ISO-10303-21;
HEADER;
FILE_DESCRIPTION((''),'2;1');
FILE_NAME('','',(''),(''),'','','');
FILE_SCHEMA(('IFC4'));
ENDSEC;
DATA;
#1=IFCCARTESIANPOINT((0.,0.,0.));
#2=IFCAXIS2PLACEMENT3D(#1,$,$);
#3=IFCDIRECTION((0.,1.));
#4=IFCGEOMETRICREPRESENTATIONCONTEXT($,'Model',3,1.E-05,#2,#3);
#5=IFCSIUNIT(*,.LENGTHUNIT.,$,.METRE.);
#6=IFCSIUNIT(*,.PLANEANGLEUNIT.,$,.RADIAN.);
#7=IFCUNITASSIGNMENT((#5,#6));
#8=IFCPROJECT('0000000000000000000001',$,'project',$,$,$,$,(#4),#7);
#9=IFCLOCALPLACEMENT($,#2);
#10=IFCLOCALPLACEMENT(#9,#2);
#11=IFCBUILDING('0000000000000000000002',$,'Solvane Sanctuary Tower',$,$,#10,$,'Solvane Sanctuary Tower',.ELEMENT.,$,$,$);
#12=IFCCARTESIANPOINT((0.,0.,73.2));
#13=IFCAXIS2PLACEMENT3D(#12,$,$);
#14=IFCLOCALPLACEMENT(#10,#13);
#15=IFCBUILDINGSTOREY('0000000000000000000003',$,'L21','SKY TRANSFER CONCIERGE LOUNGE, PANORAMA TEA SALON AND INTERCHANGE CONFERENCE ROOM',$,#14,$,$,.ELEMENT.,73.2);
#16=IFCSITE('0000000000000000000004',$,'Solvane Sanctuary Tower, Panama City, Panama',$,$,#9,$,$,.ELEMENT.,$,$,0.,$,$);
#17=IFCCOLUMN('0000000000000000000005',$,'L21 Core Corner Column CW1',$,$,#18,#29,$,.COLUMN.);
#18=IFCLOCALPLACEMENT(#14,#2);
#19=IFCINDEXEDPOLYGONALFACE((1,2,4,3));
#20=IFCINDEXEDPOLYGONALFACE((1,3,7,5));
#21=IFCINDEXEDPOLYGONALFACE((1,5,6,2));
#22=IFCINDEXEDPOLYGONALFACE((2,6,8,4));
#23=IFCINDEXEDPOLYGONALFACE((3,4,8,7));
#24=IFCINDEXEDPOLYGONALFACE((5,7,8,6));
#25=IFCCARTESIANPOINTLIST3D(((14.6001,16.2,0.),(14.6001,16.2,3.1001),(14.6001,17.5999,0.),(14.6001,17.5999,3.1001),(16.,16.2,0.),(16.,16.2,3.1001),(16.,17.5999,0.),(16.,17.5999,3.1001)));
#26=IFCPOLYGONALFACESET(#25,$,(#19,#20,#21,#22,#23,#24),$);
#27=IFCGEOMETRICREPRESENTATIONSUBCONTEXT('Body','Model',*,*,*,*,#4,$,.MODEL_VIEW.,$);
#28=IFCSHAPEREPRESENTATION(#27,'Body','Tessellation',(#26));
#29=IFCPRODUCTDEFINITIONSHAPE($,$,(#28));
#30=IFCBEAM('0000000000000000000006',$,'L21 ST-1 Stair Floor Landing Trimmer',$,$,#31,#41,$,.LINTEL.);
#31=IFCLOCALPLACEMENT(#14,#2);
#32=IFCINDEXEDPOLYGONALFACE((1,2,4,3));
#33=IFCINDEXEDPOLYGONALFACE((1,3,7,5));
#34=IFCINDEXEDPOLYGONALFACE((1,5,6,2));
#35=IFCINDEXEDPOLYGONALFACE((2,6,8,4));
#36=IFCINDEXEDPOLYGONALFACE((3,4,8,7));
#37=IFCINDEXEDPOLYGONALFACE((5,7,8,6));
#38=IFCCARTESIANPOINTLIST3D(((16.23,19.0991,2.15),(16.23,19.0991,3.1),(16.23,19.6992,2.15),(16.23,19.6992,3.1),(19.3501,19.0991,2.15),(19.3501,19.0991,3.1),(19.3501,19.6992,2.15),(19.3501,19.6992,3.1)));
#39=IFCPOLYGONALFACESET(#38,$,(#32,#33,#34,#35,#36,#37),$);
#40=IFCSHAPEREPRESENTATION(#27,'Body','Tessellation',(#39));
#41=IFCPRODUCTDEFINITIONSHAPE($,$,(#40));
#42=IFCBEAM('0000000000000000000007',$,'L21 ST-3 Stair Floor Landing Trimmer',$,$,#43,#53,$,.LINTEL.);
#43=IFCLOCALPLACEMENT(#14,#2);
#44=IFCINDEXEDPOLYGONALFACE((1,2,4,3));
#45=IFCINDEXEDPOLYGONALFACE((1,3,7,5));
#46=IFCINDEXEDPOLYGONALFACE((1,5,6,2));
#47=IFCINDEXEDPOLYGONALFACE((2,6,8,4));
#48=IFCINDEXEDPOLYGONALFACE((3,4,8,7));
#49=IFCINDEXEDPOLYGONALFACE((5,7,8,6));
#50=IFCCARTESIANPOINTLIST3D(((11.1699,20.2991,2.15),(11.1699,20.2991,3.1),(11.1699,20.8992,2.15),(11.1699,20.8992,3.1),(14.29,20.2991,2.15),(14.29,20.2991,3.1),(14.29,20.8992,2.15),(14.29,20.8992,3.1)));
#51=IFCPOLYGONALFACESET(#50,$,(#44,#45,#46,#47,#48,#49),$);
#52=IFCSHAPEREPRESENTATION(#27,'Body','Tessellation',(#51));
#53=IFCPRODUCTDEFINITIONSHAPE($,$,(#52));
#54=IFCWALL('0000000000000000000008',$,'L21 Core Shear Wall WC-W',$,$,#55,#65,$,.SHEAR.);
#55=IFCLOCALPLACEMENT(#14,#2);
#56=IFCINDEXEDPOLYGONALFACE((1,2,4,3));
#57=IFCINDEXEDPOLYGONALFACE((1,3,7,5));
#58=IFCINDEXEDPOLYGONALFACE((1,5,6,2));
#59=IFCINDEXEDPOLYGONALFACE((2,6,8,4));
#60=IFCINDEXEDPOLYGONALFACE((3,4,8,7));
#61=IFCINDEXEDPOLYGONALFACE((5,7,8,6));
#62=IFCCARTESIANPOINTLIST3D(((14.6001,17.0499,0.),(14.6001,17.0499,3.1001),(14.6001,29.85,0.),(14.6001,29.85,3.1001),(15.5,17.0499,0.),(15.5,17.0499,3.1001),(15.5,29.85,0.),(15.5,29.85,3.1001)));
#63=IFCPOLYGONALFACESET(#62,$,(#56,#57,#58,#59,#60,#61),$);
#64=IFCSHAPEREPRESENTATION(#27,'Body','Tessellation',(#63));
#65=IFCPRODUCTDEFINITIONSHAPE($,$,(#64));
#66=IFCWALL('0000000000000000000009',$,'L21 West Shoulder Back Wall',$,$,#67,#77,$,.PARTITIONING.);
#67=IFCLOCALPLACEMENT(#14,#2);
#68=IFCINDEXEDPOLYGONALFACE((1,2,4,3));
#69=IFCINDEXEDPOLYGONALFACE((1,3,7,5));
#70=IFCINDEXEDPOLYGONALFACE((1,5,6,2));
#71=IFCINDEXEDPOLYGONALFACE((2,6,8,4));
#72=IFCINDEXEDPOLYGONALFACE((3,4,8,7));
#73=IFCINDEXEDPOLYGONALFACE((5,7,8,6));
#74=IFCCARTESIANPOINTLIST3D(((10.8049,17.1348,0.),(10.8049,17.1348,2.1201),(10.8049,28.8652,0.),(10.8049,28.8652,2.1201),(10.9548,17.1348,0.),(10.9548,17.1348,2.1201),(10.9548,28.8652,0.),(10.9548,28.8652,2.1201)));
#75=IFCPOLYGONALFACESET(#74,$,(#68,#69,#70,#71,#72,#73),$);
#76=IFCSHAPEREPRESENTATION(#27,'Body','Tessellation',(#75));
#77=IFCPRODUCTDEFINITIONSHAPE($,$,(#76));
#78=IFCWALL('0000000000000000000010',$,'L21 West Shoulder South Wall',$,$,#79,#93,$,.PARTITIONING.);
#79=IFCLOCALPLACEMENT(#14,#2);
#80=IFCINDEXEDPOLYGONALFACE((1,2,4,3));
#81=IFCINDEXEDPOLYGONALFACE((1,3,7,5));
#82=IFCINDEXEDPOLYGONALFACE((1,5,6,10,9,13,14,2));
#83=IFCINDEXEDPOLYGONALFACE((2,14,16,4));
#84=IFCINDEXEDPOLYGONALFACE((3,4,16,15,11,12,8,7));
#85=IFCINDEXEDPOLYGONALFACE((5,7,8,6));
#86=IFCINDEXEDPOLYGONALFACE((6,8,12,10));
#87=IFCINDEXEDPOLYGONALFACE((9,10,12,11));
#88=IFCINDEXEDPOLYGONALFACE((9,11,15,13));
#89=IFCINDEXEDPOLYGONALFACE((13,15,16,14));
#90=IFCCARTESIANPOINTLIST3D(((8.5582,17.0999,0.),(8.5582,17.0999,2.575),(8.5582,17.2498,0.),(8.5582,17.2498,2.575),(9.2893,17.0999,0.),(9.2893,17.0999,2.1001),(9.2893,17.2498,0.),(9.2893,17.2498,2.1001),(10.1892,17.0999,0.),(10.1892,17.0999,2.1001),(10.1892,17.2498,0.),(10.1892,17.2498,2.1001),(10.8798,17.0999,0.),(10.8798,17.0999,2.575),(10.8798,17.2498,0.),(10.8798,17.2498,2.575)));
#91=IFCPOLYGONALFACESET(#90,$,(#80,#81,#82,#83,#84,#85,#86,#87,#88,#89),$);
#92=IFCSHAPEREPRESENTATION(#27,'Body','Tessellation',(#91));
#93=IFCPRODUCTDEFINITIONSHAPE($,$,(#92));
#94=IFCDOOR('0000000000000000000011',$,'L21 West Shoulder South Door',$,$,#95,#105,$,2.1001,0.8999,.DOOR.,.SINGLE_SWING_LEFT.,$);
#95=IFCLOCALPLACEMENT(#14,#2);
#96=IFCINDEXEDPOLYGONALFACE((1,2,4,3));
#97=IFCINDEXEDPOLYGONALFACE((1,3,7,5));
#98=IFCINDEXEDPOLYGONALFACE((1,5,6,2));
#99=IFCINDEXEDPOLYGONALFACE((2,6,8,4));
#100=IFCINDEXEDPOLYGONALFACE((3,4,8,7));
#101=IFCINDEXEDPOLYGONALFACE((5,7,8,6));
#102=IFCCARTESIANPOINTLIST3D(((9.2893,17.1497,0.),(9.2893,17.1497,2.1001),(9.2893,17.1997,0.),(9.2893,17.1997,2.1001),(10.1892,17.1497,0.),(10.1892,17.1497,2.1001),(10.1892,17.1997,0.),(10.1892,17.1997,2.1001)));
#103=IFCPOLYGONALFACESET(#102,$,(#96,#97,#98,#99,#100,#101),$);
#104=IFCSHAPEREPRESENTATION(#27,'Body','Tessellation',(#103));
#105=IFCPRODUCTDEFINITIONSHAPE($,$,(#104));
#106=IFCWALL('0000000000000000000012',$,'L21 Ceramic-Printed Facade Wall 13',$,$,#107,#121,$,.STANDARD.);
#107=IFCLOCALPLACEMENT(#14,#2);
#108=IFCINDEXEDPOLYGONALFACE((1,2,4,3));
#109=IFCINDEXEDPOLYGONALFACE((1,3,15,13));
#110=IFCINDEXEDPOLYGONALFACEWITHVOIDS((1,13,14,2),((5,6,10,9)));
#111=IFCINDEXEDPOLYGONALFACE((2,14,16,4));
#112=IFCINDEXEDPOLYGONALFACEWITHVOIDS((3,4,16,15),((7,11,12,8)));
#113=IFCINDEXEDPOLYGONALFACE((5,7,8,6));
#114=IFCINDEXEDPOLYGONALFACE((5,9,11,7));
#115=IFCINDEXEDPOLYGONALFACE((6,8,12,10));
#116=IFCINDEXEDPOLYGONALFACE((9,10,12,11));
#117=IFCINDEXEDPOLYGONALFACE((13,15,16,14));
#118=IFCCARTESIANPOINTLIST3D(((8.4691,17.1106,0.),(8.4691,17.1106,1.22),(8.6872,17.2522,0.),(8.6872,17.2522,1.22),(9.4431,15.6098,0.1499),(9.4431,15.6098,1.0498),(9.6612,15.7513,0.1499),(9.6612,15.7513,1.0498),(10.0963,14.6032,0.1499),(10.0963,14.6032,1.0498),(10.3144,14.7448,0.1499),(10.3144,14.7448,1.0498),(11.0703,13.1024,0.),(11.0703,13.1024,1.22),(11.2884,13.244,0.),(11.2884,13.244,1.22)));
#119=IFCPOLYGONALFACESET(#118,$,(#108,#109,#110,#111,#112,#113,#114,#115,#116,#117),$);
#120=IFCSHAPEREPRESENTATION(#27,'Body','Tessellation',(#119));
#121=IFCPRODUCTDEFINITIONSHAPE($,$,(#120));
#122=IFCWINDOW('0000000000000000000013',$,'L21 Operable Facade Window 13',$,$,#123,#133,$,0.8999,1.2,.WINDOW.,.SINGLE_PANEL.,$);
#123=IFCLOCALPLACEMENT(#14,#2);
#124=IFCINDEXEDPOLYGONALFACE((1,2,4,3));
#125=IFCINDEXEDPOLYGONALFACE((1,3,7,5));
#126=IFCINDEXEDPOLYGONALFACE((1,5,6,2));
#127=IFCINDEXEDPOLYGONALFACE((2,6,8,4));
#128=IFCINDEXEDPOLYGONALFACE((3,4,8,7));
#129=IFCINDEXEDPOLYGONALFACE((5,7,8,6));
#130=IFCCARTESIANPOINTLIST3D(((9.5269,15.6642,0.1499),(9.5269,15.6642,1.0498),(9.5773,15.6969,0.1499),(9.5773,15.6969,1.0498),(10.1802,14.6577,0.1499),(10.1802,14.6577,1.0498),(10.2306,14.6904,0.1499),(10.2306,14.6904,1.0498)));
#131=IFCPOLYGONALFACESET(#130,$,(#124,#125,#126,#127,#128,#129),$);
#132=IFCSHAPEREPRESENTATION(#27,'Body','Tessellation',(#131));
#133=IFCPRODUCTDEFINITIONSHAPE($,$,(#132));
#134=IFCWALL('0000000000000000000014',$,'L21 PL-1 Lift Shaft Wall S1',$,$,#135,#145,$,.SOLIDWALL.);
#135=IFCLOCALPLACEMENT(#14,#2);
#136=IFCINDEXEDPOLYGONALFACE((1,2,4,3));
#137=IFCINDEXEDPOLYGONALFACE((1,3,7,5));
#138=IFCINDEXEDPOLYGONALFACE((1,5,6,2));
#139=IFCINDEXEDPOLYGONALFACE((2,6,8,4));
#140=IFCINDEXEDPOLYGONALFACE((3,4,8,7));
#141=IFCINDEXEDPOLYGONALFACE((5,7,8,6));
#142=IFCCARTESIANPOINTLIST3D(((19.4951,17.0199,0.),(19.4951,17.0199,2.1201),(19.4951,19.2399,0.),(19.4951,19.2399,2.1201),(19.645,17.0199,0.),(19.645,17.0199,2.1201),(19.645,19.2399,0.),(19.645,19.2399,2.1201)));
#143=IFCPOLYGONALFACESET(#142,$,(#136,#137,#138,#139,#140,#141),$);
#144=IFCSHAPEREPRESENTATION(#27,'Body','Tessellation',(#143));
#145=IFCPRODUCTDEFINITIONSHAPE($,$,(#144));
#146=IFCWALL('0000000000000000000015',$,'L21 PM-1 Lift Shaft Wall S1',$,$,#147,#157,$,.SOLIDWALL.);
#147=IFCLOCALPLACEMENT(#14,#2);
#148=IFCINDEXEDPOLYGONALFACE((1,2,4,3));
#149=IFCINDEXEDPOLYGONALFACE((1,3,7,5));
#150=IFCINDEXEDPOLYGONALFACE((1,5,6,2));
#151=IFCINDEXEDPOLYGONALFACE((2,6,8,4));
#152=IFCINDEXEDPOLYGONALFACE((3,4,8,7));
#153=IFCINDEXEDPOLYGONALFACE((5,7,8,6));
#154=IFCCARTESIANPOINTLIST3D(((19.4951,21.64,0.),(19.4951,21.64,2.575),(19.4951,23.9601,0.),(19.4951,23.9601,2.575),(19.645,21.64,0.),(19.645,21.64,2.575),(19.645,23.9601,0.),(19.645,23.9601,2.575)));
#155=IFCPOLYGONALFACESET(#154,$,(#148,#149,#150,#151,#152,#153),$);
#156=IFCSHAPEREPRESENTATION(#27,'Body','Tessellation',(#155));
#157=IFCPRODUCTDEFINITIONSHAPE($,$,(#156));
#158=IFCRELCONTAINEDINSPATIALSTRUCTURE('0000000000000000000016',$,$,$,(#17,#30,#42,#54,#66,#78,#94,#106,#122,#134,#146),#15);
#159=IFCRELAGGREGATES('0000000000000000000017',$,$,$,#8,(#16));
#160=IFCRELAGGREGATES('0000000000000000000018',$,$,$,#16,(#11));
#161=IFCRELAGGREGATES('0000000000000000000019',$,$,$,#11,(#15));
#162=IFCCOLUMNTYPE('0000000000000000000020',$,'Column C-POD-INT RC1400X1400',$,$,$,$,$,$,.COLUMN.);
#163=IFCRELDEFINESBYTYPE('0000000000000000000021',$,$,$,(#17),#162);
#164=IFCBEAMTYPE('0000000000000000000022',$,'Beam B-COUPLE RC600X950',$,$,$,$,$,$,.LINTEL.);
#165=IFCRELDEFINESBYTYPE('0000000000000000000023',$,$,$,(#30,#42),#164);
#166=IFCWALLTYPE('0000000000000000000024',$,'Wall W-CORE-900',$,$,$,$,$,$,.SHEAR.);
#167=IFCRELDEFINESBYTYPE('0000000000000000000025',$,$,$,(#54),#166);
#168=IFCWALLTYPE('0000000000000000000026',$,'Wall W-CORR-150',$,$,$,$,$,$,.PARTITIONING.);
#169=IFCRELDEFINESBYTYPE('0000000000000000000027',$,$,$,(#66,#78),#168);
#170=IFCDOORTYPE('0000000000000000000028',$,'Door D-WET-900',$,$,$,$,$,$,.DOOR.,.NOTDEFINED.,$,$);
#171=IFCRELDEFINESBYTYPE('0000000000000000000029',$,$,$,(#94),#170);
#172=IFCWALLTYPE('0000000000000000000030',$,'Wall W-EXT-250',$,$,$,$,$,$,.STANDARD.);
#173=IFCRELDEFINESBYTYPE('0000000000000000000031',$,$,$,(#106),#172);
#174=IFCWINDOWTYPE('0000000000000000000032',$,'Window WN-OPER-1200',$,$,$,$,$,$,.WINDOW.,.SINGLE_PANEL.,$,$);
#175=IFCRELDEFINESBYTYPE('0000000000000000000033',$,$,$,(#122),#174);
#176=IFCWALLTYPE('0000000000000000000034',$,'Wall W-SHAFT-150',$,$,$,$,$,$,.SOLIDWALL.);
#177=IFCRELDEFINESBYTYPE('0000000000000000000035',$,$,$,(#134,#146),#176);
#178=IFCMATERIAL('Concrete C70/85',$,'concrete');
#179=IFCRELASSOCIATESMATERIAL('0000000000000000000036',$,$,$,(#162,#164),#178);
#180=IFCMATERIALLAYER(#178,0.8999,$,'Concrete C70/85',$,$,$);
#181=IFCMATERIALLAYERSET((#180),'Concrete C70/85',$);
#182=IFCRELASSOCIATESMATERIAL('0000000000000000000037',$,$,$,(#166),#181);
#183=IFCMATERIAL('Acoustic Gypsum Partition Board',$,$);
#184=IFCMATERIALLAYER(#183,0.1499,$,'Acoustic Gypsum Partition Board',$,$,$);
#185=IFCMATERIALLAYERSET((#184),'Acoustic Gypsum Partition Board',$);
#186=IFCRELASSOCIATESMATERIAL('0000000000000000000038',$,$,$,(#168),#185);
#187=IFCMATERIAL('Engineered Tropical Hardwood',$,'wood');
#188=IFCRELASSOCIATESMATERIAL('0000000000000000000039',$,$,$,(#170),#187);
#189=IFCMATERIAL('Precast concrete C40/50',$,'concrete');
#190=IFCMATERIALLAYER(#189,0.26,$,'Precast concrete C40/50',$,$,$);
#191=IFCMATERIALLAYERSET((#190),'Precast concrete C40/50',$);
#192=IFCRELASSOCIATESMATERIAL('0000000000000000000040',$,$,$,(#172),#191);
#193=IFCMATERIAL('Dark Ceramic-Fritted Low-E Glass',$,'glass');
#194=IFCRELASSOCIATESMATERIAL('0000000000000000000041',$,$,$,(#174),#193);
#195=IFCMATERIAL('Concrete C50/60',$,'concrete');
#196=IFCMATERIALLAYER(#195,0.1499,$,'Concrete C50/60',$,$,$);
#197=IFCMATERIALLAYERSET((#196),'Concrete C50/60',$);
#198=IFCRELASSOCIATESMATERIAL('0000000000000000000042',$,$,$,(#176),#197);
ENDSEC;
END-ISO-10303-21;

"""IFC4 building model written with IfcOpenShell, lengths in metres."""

from ifc_helpers import new_model, si_unit, direction, frame, frame_2d, origin, origin_2d, place, context, subcontext, project, spatial, rectangle, extrude, material, layer, layer_set, material_profile, profile_set, type_object, element, fill, save


model = new_model("IFC4")

# Units and contexts
model_context = context("Model", 3, precision=1e-05, world=origin(), true_north=direction((0.0, 1.0)))
body_context = subcontext(model_context, "Body", "Model", "MODEL_VIEW")
ifc_project = project(units=[si_unit("LENGTHUNIT", "METRE"), si_unit("PLANEANGLEUNIT", "RADIAN")], contexts=[model_context])

# Site, building, storey
site_placement = place(None, origin())
site = spatial("IfcSite", under=ifc_project, at=site_placement, Name="Solvane Sanctuary Tower, Panama City, Panama", CompositionType="ELEMENT", RefElevation=0.0)
building_placement = place(site_placement, origin())
building = spatial("IfcBuilding", under=site, at=building_placement, Name="Solvane Sanctuary Tower", LongName="Solvane Sanctuary Tower", CompositionType="ELEMENT")
storey_placement = place(building_placement, frame((0.0, 0.0, 73.2)))
storey = spatial("IfcBuildingStorey", under=building, at=storey_placement, Name="L21", Description="SKY TRANSFER CONCIERGE LOUNGE, PANORAMA TEA SALON AND INTERCHANGE CONFERENCE ROOM", CompositionType="ELEMENT", Elevation=73.2)

# Column
ifc_material_1 = material(Name="Concrete C70/85", Category="concrete")
ifc_material_profile_1 = material_profile(ifc_material_1, rectangle(XDim=1.3999, YDim=1.3999, at=origin_2d()), Name="RC1400X1400")
ifc_profile_set_1 = profile_set([ifc_material_profile_1], Name="Concrete C70/85")
column_type = type_object("IfcColumnType", Name="Column C-POD-INT RC1400X1400", PredefinedType="COLUMN", material=ifc_profile_set_1)
column_placement = place(storey_placement, frame((15.3, 16.8999, 0.0), z_axis=(0.0, 0.0, 1.0), x_axis=(1.0, 0.0, 0.0)))
element("IfcColumn", 1, at=column_placement, inside=storey, type_object=column_type, Name="L21 Core Corner Column CW1", PredefinedType="COLUMN", context=body_context, shape_type="SweptSolid", body=[
    extrude(rectangle(XDim=1.3999, YDim=1.3999, at=origin_2d()), origin(), (0.0, 0.0, 1.0), 3.1001),
])

# Beams
ifc_material_profile_2 = material_profile(ifc_material_1, rectangle(XDim=0.6001, YDim=0.95, at=origin_2d()), Name="RC600X950")
ifc_profile_set_2 = profile_set([ifc_material_profile_2], Name="Concrete C70/85")
beam_type = type_object("IfcBeamType", Name="Beam B-COUPLE RC600X950", PredefinedType="LINTEL", material=ifc_profile_set_2)
for number, where, z_axis, x_axis, name in (
    (2, (16.23, 19.3992, 2.625), (1.0, 0.0, 0.0), (0.0, 1.0, 0.0), "L21 ST-1 Stair Floor Landing Trimmer"),
    (3, (11.1699, 20.5991, 2.625), (1.0, 0.0, 0.0), (0.0, 1.0, 0.0), "L21 ST-3 Stair Floor Landing Trimmer"),
):
    element("IfcBeam", number, at=place(storey_placement, frame(where, z_axis=z_axis, x_axis=x_axis)), inside=storey, type_object=beam_type, Name=name, PredefinedType="LINTEL", context=body_context, shape_type="SweptSolid", body=[
        extrude(rectangle(XDim=0.6001, YDim=0.95, at=origin_2d()), origin(), (0.0, 0.0, 1.0), 3.1201),
    ])

# Walls
ifc_layer_1 = layer(ifc_material_1, 0.8999, Name="Concrete C70/85")
ifc_layer_set_1 = layer_set([ifc_layer_1], Name="Concrete C70/85")
wall_type_1 = type_object("IfcWallType", Name="Wall W-CORE-900", PredefinedType="SHEAR", material=ifc_layer_set_1)
wall_1_placement = place(storey_placement, frame((15.05, 17.05, 0.0), z_axis=(0.0, 0.0, 1.0), x_axis=(0.0, 1.0, 0.0)))
element("IfcWall", 4, at=wall_1_placement, inside=storey, type_object=wall_type_1, Name="L21 Core Shear Wall WC-W", PredefinedType="SHEAR", context=body_context, shape_type="SweptSolid", body=[
    extrude(rectangle(XDim=12.8, YDim=0.8999, at=frame_2d((6.3999, 0.0))), origin(), (0.0, 0.0, 1.0), 3.1001),
])
ifc_material_2 = material(Name="Acoustic Gypsum Partition Board")
ifc_layer_2 = layer(ifc_material_2, 0.1499, Name="Acoustic Gypsum Partition Board")
ifc_layer_set_2 = layer_set([ifc_layer_2], Name="Acoustic Gypsum Partition Board")
wall_type_2 = type_object("IfcWallType", Name="Wall W-CORR-150", PredefinedType="PARTITIONING", material=ifc_layer_set_2)
wall_2_placement = place(storey_placement, frame((10.8799, 17.1348, 0.0), z_axis=(0.0, 0.0, 1.0), x_axis=(0.0, 1.0, 0.0)))
element("IfcWall", 5, at=wall_2_placement, inside=storey, type_object=wall_type_2, Name="L21 West Shoulder Back Wall", PredefinedType="PARTITIONING", context=body_context, shape_type="SweptSolid", body=[
    extrude(rectangle(XDim=11.7305, YDim=0.1499, at=frame_2d((5.8652, 0.0))), origin(), (0.0, 0.0, 1.0), 2.1201),
])

# Wall, opening, door
wall_3_placement = place(storey_placement, frame((8.5583, 17.1748, 0.0), z_axis=(0.0, 0.0, 1.0), x_axis=(1.0, 0.0, 0.0)))
wall_3 = element("IfcWall", 6, at=wall_3_placement, inside=storey, type_object=wall_type_2, Name="L21 West Shoulder South Wall", PredefinedType="PARTITIONING", context=body_context, shape_type="SweptSolid", body=[
    extrude(rectangle(XDim=2.3215, YDim=0.1499, at=frame_2d((1.1606, 0.0))), origin(), (0.0, 0.0, 1.0), 2.575),
])
opening_1_placement = place(wall_3_placement, frame((0.731, 0.0, 0.0)))
opening_1 = element("IfcOpeningElement", 7, at=opening_1_placement, cuts=wall_3, PredefinedType="OPENING", context=body_context, shape_type="SweptSolid", body=[
    extrude(rectangle(XDim=0.8999, YDim=2.1001, at=frame_2d((0.45, 1.05))), frame((0.0, 0.085, 0.0), z_axis=(0.0, -1.0, 0.0), x_axis=(1.0, 0.0, 0.0)), (0.0, 0.0, 1.0), 0.1699),
])
ifc_material_3 = material(Name="Engineered Tropical Hardwood", Category="wood")
door_type_1 = type_object("IfcDoorType", Name="Door D-WET-900", OperationType="NOTDEFINED", PredefinedType="DOOR", material=ifc_material_3)
door_1_placement = place(opening_1_placement, origin())
door_1 = element("IfcDoor", 8, at=door_1_placement, inside=storey, type_object=door_type_1, Name="L21 West Shoulder South Door", OperationType="SINGLE_SWING_LEFT", OverallHeight=2.1001, OverallWidth=0.8999, PredefinedType="DOOR", context=body_context, shape_type="SweptSolid", body=[
    extrude(rectangle(XDim=0.8999, YDim=2.1001, at=frame_2d((0.45, 1.05))), frame((0.0, 0.0249, 0.0), z_axis=(0.0, -1.0, 0.0), x_axis=(1.0, 0.0, 0.0)), (0.0, 0.0, 1.0), 0.05),
])
fill(opening_1, door_1)

# Wall, opening, window
ifc_material_4 = material(Name="Precast concrete C40/50", Category="concrete")
ifc_layer_3 = layer(ifc_material_4, 0.26, Name="Precast concrete C40/50")
ifc_layer_set_3 = layer_set([ifc_layer_3], Name="Precast concrete C40/50")
wall_type_3 = type_object("IfcWallType", Name="Wall W-EXT-250", PredefinedType="STANDARD", material=ifc_layer_set_3)
wall_4_placement = place(storey_placement, frame((8.5781, 17.1814, 0.0), z_axis=(0.0, 0.0, 1.0), x_axis=(0.544388, -0.838833, 0.0)))
wall_4 = element("IfcWall", 9, at=wall_4_placement, inside=storey, type_object=wall_type_3, Name="L21 Ceramic-Printed Facade Wall 13", PredefinedType="STANDARD", context=body_context, shape_type="SweptSolid", body=[
    extrude(rectangle(XDim=4.7783, YDim=0.26, at=frame_2d((2.3892, 0.0))), origin(), (0.0, 0.0, 1.0), 1.22),
])
opening_2_placement = place(wall_4_placement, frame((1.7891, 0.0, 0.1499)))
opening_2 = element("IfcOpeningElement", 10, at=opening_2_placement, cuts=wall_4, PredefinedType="OPENING", context=body_context, shape_type="SweptSolid", body=[
    extrude(rectangle(XDim=1.2, YDim=0.8999, at=frame_2d((0.6001, 0.45))), frame((0.0, 0.1399, 0.0), z_axis=(0.0, -1.0, 0.0), x_axis=(1.0, 0.0, 0.0)), (0.0, 0.0, 1.0), 0.28),
])
ifc_material_5 = material(Name="Dark Ceramic-Fritted Low-E Glass", Category="glass")
window_type = type_object("IfcWindowType", Name="Window WN-OPER-1200", PartitioningType="SINGLE_PANEL", PredefinedType="WINDOW", material=ifc_material_5)
window_placement = place(opening_2_placement, origin())
window = element("IfcWindow", 11, at=window_placement, inside=storey, type_object=window_type, Name="L21 Operable Facade Window 13", OverallHeight=0.8999, OverallWidth=1.2, PartitioningType="SINGLE_PANEL", PredefinedType="WINDOW", context=body_context, shape_type="SweptSolid", body=[
    extrude(rectangle(XDim=1.2, YDim=0.8999, at=frame_2d((0.6001, 0.45))), frame((0.0, 0.03, 0.0), z_axis=(0.0, -1.0, 0.0), x_axis=(1.0, 0.0, 0.0)), (0.0, 0.0, 1.0), 0.0601),
])
fill(opening_2, window)

# Walls
ifc_material_6 = material(Name="Concrete C50/60", Category="concrete")
ifc_layer_4 = layer(ifc_material_6, 0.1499, Name="Concrete C50/60")
ifc_layer_set_4 = layer_set([ifc_layer_4], Name="Concrete C50/60")
wall_type_4 = type_object("IfcWallType", Name="Wall W-SHAFT-150", PredefinedType="SOLIDWALL", material=ifc_layer_set_4)
wall_5_placement = place(storey_placement, frame((19.5701, 17.02, 0.0), z_axis=(0.0, 0.0, 1.0), x_axis=(0.0, 1.0, 0.0)))
element("IfcWall", 12, at=wall_5_placement, inside=storey, type_object=wall_type_4, Name="L21 PL-1 Lift Shaft Wall S1", PredefinedType="SOLIDWALL", context=body_context, shape_type="SweptSolid", body=[
    extrude(rectangle(XDim=2.22, YDim=0.1499, at=frame_2d((1.1099, 0.0))), origin(), (0.0, 0.0, 1.0), 2.1201),
])
wall_6_placement = place(storey_placement, frame((19.5701, 21.6399, 0.0), z_axis=(0.0, 0.0, 1.0), x_axis=(0.0, 1.0, 0.0)))
element("IfcWall", 13, at=wall_6_placement, inside=storey, type_object=wall_type_4, Name="L21 PM-1 Lift Shaft Wall S1", PredefinedType="SOLIDWALL", context=body_context, shape_type="SweptSolid", body=[
    extrude(rectangle(XDim=2.3201, YDim=0.1499, at=frame_2d((1.1602, 0.0))), origin(), (0.0, 0.0, 1.0), 2.575),
])

save(model, "model.ifc")
